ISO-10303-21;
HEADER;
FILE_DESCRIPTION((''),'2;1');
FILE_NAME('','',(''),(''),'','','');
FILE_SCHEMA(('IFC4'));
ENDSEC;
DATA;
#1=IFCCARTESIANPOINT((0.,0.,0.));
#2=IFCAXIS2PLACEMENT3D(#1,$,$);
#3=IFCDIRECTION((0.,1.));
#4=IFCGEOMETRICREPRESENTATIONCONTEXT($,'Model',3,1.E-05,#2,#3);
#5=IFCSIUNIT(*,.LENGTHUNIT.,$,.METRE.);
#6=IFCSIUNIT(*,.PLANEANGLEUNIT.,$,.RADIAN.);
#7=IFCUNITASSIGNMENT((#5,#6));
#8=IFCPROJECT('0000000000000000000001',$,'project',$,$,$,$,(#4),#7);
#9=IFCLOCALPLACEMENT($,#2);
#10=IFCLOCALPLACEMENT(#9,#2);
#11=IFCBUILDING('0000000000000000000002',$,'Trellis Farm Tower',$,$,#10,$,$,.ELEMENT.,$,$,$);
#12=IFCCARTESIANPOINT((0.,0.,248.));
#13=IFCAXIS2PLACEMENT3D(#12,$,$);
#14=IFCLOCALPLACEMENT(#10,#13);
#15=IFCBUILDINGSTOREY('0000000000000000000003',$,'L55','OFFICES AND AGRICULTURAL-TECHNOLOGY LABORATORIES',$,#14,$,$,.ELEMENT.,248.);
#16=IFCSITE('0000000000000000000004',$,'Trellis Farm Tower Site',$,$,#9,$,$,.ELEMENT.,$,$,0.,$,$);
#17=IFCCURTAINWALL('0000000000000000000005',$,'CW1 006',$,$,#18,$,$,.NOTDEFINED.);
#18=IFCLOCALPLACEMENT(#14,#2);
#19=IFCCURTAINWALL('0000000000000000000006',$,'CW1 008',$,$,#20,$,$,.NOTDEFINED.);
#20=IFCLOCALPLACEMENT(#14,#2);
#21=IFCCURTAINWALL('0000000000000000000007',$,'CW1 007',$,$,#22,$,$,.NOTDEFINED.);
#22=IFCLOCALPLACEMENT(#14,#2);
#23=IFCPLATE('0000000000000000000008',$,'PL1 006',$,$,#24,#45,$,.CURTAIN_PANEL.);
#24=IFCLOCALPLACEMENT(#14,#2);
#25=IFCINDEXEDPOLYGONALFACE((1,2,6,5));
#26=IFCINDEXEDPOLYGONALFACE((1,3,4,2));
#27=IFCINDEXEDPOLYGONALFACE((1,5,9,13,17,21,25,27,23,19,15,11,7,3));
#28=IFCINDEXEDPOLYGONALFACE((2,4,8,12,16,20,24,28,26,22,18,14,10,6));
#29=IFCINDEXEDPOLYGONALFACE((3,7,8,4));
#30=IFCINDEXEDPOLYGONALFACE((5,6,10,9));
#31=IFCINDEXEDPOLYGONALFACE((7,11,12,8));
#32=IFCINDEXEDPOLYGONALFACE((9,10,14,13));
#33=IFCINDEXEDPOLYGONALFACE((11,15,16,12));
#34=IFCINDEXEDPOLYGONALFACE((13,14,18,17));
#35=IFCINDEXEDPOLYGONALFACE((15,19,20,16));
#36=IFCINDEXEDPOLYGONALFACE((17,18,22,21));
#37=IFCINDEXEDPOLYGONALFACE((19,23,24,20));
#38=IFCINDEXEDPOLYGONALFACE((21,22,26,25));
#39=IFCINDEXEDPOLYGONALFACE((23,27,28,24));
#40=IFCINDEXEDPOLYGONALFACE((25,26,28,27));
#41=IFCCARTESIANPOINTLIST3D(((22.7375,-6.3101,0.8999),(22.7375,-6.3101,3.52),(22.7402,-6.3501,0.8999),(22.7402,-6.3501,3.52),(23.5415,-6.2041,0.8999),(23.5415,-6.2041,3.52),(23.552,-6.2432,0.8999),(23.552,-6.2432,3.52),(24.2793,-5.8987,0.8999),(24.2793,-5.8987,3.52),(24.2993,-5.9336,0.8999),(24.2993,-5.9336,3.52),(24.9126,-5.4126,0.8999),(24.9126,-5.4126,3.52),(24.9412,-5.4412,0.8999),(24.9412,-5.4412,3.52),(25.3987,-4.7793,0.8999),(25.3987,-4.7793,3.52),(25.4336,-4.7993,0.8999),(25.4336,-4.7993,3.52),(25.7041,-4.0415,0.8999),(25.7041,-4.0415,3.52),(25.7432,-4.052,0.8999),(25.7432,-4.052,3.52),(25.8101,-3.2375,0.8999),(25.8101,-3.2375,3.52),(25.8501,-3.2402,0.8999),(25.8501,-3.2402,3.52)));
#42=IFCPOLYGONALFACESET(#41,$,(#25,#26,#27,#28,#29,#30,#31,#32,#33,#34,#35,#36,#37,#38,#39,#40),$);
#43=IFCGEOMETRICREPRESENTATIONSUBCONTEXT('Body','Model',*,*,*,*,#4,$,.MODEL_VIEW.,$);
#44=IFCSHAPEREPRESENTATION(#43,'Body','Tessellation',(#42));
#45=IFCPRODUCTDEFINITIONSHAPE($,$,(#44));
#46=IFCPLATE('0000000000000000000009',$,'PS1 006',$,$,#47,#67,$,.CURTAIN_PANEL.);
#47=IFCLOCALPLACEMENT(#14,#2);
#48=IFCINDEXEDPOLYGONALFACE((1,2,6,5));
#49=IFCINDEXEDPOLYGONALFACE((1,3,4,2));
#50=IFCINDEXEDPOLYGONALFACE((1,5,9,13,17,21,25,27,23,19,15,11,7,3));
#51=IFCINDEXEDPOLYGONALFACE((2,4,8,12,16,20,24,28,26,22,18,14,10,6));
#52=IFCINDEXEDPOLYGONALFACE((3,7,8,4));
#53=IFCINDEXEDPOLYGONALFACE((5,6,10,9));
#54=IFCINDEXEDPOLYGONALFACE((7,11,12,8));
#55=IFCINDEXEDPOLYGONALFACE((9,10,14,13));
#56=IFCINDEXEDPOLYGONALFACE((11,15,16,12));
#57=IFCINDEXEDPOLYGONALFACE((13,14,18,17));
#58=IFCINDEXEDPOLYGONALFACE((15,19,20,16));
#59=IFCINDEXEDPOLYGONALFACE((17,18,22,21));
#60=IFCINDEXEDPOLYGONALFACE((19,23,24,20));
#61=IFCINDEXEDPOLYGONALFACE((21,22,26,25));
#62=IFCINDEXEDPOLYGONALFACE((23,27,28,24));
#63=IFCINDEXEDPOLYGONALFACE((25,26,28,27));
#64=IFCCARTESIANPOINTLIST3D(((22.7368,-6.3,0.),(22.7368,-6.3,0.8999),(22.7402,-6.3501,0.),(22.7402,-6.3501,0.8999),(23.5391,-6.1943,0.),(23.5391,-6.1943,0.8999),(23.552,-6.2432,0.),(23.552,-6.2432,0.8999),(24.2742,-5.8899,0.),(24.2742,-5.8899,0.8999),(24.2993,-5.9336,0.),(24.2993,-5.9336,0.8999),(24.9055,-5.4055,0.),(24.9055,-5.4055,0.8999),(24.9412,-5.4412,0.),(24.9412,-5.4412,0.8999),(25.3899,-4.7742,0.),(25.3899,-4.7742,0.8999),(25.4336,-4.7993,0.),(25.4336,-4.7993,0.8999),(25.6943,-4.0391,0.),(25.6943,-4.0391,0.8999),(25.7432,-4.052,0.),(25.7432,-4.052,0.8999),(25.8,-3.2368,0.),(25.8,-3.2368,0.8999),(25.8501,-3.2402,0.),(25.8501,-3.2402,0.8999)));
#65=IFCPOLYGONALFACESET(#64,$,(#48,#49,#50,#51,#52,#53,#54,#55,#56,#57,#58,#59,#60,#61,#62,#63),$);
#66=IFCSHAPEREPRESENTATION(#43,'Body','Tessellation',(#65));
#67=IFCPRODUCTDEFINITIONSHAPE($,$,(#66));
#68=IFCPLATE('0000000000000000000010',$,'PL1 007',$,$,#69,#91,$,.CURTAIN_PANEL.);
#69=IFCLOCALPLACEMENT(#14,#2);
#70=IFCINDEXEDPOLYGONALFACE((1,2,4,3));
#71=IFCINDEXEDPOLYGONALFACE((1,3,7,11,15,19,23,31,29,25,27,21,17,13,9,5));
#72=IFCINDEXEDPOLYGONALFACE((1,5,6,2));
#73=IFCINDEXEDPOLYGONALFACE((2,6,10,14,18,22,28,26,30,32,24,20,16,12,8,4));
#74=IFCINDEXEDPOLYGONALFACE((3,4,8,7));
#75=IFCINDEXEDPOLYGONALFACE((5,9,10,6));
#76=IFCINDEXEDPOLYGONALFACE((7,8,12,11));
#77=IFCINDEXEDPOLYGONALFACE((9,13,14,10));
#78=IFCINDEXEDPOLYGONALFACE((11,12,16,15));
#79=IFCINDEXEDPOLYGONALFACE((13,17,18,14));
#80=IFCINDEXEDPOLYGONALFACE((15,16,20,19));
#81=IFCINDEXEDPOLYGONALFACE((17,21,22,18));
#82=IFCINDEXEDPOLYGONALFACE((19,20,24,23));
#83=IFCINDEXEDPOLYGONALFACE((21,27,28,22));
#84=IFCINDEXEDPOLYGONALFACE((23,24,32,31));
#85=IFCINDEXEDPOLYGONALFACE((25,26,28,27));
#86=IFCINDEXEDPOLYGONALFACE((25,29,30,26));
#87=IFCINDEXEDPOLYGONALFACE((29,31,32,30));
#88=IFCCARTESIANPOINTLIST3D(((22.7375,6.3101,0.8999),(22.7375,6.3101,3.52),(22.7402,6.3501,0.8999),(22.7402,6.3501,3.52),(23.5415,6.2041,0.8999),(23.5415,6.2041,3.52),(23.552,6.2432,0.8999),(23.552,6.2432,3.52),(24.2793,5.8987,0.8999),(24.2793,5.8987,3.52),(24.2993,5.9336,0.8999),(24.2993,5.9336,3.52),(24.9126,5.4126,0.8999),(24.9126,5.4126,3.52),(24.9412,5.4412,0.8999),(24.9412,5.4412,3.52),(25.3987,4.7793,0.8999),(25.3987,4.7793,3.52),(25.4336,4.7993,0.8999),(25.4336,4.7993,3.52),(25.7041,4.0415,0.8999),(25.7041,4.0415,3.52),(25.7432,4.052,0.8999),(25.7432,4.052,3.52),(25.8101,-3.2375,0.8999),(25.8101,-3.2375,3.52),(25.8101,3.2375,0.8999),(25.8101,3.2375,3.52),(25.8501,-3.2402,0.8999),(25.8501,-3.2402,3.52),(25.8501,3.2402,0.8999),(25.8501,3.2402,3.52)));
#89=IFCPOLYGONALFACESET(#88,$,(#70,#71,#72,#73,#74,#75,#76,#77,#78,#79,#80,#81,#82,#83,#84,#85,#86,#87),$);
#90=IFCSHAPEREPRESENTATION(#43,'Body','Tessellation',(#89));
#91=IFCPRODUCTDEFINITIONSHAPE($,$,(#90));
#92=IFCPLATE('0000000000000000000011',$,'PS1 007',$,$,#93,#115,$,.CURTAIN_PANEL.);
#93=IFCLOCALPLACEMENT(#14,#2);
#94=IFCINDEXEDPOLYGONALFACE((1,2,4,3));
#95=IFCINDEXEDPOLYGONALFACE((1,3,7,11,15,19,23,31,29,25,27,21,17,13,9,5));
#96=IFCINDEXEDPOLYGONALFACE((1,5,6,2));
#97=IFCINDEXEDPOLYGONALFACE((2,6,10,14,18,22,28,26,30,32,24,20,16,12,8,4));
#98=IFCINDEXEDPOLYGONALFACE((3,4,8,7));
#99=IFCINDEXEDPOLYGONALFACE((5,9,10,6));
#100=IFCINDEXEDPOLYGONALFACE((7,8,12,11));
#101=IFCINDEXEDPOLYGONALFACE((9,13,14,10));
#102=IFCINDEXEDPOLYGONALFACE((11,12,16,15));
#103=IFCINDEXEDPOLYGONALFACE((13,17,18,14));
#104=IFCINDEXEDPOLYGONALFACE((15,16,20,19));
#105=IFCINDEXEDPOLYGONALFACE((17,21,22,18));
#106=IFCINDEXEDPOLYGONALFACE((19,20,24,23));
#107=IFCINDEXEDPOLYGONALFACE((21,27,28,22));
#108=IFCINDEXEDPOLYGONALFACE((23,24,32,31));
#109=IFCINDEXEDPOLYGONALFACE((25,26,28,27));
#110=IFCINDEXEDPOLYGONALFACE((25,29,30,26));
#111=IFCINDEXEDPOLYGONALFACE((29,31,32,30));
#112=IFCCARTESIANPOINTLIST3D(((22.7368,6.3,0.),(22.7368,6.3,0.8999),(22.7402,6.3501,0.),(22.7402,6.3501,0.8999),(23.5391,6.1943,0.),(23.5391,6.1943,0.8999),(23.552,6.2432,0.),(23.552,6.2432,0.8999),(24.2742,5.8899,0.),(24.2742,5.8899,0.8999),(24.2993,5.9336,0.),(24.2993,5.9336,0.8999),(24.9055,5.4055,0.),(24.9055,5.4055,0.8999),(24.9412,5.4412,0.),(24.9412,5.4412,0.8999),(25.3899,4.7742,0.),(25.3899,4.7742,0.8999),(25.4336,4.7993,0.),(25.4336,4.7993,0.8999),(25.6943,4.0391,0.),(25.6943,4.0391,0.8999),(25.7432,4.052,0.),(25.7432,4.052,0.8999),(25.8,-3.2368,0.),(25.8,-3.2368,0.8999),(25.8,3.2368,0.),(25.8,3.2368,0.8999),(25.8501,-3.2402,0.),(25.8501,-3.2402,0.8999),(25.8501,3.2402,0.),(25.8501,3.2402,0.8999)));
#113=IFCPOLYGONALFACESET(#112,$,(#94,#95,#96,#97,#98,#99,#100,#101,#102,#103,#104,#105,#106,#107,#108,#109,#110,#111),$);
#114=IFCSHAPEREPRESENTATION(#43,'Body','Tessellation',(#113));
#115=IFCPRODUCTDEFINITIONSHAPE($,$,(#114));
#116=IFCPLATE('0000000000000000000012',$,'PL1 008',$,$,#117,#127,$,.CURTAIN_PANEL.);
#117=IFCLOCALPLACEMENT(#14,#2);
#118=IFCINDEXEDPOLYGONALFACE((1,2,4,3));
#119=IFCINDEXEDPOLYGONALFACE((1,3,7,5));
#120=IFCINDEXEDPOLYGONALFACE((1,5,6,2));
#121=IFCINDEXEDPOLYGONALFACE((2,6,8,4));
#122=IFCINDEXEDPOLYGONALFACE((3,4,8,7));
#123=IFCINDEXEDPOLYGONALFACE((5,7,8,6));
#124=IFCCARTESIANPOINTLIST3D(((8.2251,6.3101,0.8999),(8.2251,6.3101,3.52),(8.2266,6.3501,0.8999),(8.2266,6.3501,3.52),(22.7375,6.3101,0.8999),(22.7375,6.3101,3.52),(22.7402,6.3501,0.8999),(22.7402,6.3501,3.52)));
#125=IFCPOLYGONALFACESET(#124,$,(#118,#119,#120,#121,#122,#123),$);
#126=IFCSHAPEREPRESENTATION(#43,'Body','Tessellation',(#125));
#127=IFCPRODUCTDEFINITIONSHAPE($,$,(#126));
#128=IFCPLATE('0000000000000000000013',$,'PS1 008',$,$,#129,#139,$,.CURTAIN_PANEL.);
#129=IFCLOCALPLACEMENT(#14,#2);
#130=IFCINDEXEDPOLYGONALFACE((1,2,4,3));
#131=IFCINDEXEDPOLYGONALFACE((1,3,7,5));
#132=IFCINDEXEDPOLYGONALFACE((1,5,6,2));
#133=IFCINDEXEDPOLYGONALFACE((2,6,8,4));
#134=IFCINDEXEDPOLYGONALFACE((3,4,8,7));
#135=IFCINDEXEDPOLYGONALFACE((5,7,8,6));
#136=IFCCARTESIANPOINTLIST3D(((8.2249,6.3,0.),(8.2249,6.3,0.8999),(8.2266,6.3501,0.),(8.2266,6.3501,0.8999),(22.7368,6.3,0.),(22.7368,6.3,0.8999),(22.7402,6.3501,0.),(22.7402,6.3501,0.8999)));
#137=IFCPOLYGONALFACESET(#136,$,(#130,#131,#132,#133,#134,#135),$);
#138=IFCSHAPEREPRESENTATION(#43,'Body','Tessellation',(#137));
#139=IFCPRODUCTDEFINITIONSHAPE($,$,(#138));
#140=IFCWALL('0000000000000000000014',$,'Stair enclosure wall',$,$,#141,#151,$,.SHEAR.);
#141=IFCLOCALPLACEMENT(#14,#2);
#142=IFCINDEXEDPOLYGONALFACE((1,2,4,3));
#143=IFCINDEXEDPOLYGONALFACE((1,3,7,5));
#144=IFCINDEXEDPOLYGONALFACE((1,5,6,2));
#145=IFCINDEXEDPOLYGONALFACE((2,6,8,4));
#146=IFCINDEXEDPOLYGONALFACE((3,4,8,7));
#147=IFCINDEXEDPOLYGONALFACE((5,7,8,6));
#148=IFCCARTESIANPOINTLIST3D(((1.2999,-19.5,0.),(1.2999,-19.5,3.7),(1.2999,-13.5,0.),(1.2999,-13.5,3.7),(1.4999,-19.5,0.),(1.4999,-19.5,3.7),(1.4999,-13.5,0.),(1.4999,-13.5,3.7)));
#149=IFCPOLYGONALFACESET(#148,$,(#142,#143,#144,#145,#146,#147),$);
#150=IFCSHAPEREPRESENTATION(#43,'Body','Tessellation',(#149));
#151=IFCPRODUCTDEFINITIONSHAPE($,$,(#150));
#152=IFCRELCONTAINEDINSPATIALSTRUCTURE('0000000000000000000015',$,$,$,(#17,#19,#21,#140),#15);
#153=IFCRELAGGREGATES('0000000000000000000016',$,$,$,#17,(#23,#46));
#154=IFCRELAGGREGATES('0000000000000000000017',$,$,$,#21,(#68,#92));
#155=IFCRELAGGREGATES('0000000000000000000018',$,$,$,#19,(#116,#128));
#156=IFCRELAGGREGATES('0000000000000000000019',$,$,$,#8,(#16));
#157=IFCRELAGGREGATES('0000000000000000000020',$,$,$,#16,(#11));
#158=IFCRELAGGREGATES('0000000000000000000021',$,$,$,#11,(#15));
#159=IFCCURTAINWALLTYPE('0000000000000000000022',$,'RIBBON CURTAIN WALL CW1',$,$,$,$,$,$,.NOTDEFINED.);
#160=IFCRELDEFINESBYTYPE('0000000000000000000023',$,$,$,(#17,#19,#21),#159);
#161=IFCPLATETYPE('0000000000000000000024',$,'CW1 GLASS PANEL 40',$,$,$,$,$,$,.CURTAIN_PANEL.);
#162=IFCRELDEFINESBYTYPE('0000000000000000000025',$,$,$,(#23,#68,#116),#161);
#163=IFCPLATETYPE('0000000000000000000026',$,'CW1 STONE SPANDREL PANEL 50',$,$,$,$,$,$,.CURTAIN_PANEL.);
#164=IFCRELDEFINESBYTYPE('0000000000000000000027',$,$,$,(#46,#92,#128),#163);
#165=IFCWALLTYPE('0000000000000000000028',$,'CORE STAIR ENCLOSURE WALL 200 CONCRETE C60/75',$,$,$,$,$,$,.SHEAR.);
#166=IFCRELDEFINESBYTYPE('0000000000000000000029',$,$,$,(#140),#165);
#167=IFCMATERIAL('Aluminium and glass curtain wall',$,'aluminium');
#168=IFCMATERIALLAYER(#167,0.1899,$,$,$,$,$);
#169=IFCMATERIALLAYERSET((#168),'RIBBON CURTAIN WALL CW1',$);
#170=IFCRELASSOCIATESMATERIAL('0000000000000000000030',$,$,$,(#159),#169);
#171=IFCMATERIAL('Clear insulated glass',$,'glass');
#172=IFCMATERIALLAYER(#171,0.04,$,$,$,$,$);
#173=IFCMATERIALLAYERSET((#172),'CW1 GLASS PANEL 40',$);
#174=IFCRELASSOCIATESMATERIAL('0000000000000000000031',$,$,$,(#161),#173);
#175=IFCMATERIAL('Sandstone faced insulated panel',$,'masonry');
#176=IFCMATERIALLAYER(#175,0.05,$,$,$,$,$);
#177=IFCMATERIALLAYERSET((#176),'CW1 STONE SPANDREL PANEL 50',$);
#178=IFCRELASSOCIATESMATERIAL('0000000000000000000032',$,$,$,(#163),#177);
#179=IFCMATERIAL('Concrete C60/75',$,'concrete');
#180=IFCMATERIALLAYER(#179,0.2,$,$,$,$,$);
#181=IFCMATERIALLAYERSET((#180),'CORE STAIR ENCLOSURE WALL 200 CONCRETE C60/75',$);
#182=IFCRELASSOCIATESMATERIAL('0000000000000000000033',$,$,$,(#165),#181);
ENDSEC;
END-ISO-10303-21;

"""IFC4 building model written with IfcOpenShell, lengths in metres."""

from ifc_helpers import new_model, si_unit, direction, frame, frame_2d, origin, place, context, subcontext, project, spatial, polyline, rectangle, outline, extrude, source, transform, mapped, material, layer, layer_set, type_object, element, aggregate, save


model = new_model("IFC4")

# Units and contexts
model_context = context("Model", 3, precision=1e-05, world=origin(), true_north=direction((0.0, 1.0)))
body_context = subcontext(model_context, "Body", "Model", "MODEL_VIEW")
ifc_project = project(units=[si_unit("LENGTHUNIT", "METRE"), si_unit("PLANEANGLEUNIT", "RADIAN")], contexts=[model_context])

# Site, building, storey
site_placement = place(None, origin())
site = spatial("IfcSite", under=ifc_project, at=site_placement, Name="Trellis Farm Tower Site", CompositionType="ELEMENT", RefElevation=0.0)
building_placement = place(site_placement, origin())
building = spatial("IfcBuilding", under=site, at=building_placement, Name="Trellis Farm Tower", CompositionType="ELEMENT")
storey_placement = place(building_placement, frame((0.0, 0.0, 248.0)))
storey = spatial("IfcBuildingStorey", under=building, at=storey_placement, Name="L55", Description="OFFICES AND AGRICULTURAL-TECHNOLOGY LABORATORIES", CompositionType="ELEMENT", Elevation=248.0)

# Curtain walls
ifc_material_1 = material(Name="Aluminium and glass curtain wall", Category="aluminium")
placement_1 = place(storey_placement, origin())
ifc_layer_1 = layer(ifc_material_1, 0.1899)
ifc_layer_set_1 = layer_set([ifc_layer_1], Name="RIBBON CURTAIN WALL CW1")
curtain_wall_type_1 = type_object("IfcCurtainWallType", Name="RIBBON CURTAIN WALL CW1", PredefinedType="NOTDEFINED", material=ifc_layer_set_1)
curtain_wall_1 = element("IfcCurtainWall", 1, at=placement_1, inside=storey, type_object=curtain_wall_type_1, Name="CW1 006", PredefinedType="NOTDEFINED")
curtain_wall_2 = element("IfcCurtainWall", 2, at=placement_1, inside=storey, type_object=curtain_wall_type_1, Name="CW1 008", PredefinedType="NOTDEFINED")
curtain_wall_3 = element("IfcCurtainWall", 3, at=placement_1, inside=storey, type_object=curtain_wall_type_1, Name="CW1 007", PredefinedType="NOTDEFINED")

# Shared definitions
ifc_material_2 = material(Name="Clear insulated glass", Category="glass")
ifc_layer_2 = layer(ifc_material_2, 0.04)
ifc_layer_set_2 = layer_set([ifc_layer_2], Name="CW1 GLASS PANEL 40")
plate_type_1 = type_object("IfcPlateType", Name="CW1 GLASS PANEL 40", PredefinedType="CURTAIN_PANEL", material=ifc_layer_set_2)
placement_2 = place(storey_placement, frame((0.0, 0.0, 0.8999)))
ifc_material_3 = material(Name="Sandstone faced insulated panel", Category="masonry")
ifc_layer_3 = layer(ifc_material_3, 0.05)
ifc_layer_set_3 = layer_set([ifc_layer_3], Name="CW1 STONE SPANDREL PANEL 50")
plate_type_2 = type_object("IfcPlateType", Name="CW1 STONE SPANDREL PANEL 50", PredefinedType="CURTAIN_PANEL", material=ifc_layer_set_3)

# Plates
shared_shape_1 = source(origin(), body_context, "Body", "SweptSolid", [
    extrude(outline(polyline([(22.7402, -6.3501), (23.552, -6.2432), (24.2993, -5.9336), (24.9412, -5.4412), (25.4336, -4.7993), (25.7432, -4.052), (25.8501, -3.2402), (25.8101, -3.2375), (25.7041, -4.0415), (25.3987, -4.7793), (24.9126, -5.4126), (24.2793, -5.8987), (23.5415, -6.2041), (22.7375, -6.3101), (22.7402, -6.3501)])), origin(), (0.0, 0.0, 1.0), 2.6201),
])
plate_1 = element("IfcPlate", 4, at=placement_2, type_object=plate_type_1, Name="PL1 006", PredefinedType="CURTAIN_PANEL", context=body_context, shape_type="MappedRepresentation", body=[
    mapped(shared_shape_1, transform((0.0, 0.0, 0.0))),
])
shared_shape_2 = source(origin(), body_context, "Body", "SweptSolid", [
    extrude(outline(polyline([(22.7402, -6.3501), (23.552, -6.2432), (24.2993, -5.9336), (24.9412, -5.4412), (25.4336, -4.7993), (25.7432, -4.052), (25.8501, -3.2402), (25.8, -3.2368), (25.6943, -4.0391), (25.3899, -4.7742), (24.9055, -5.4055), (24.2742, -5.8899), (23.5391, -6.1943), (22.7368, -6.3), (22.7402, -6.3501)])), origin(), (0.0, 0.0, 1.0), 0.8999),
])
plate_2 = element("IfcPlate", 5, at=placement_1, type_object=plate_type_2, Name="PS1 006", PredefinedType="CURTAIN_PANEL", context=body_context, shape_type="MappedRepresentation", body=[
    mapped(shared_shape_2, transform((0.0, 0.0, 0.0))),
])
aggregate(curtain_wall_1, [plate_1, plate_2])
shared_shape_3 = source(origin(), body_context, "Body", "SweptSolid", [
    extrude(outline(polyline([(25.8501, -3.2402), (25.8501, 3.2402), (25.7432, 4.052), (25.4336, 4.7993), (24.9412, 5.4412), (24.2993, 5.9336), (23.552, 6.2432), (22.7402, 6.3501), (22.7375, 6.3101), (23.5415, 6.2041), (24.2793, 5.8987), (24.9126, 5.4126), (25.3987, 4.7793), (25.7041, 4.0415), (25.8101, 3.2375), (25.8101, -3.2375), (25.8501, -3.2402)])), origin(), (0.0, 0.0, 1.0), 2.6201),
])
plate_3 = element("IfcPlate", 6, at=placement_2, type_object=plate_type_1, Name="PL1 007", PredefinedType="CURTAIN_PANEL", context=body_context, shape_type="MappedRepresentation", body=[
    mapped(shared_shape_3, transform((0.0, 0.0, 0.0))),
])
shared_shape_4 = source(origin(), body_context, "Body", "SweptSolid", [
    extrude(outline(polyline([(25.8501, -3.2402), (25.8501, 3.2402), (25.7432, 4.052), (25.4336, 4.7993), (24.9412, 5.4412), (24.2993, 5.9336), (23.552, 6.2432), (22.7402, 6.3501), (22.7368, 6.3), (23.5391, 6.1943), (24.2742, 5.8899), (24.9055, 5.4055), (25.3899, 4.7742), (25.6943, 4.0391), (25.8, 3.2368), (25.8, -3.2368), (25.8501, -3.2402)])), origin(), (0.0, 0.0, 1.0), 0.8999),
])
plate_4 = element("IfcPlate", 7, at=placement_1, type_object=plate_type_2, Name="PS1 007", PredefinedType="CURTAIN_PANEL", context=body_context, shape_type="MappedRepresentation", body=[
    mapped(shared_shape_4, transform((0.0, 0.0, 0.0))),
])
aggregate(curtain_wall_3, [plate_3, plate_4])
shared_shape_5 = source(origin(), body_context, "Body", "SweptSolid", [
    extrude(outline(polyline([(22.7402, 6.3501), (8.2266, 6.3501), (8.2251, 6.3101), (22.7375, 6.3101), (22.7402, 6.3501)])), origin(), (0.0, 0.0, 1.0), 2.6201),
])
plate_5 = element("IfcPlate", 8, at=placement_2, type_object=plate_type_1, Name="PL1 008", PredefinedType="CURTAIN_PANEL", context=body_context, shape_type="MappedRepresentation", body=[
    mapped(shared_shape_5, transform((0.0, 0.0, 0.0))),
])
shared_shape_6 = source(origin(), body_context, "Body", "SweptSolid", [
    extrude(outline(polyline([(22.7402, 6.3501), (8.2266, 6.3501), (8.2249, 6.3), (22.7368, 6.3), (22.7402, 6.3501)])), origin(), (0.0, 0.0, 1.0), 0.8999),
])
plate_6 = element("IfcPlate", 9, at=placement_1, type_object=plate_type_2, Name="PS1 008", PredefinedType="CURTAIN_PANEL", context=body_context, shape_type="MappedRepresentation", body=[
    mapped(shared_shape_6, transform((0.0, 0.0, 0.0))),
])
aggregate(curtain_wall_2, [plate_5, plate_6])

# Wall
ifc_material_4 = material(Name="Concrete C60/75", Category="concrete")
ifc_layer_4 = layer(ifc_material_4, 0.2)
ifc_layer_set_4 = layer_set([ifc_layer_4], Name="CORE STAIR ENCLOSURE WALL 200 CONCRETE C60/75")
wall_type_1 = type_object("IfcWallType", Name="CORE STAIR ENCLOSURE WALL 200 CONCRETE C60/75", PredefinedType="SHEAR", material=ifc_layer_set_4)
shared_shape_7 = source(origin(), body_context, "Body", "SweptSolid", [
    extrude(rectangle(XDim=6.0, YDim=0.2, at=frame_2d((3.0, 0.0))), origin(), (0.0, 0.0, 1.0), 3.7),
])
wall_1_placement = place(storey_placement, frame((1.3999, -13.5, 0.0), z_axis=(0.0, 0.0, 1.0), x_axis=(0.0, -1.0, 0.0)))
element("IfcWall", 10, at=wall_1_placement, inside=storey, type_object=wall_type_1, Name="Stair enclosure wall", PredefinedType="SHEAR", context=body_context, shape_type="MappedRepresentation", body=[
    mapped(shared_shape_7, transform((0.0, 0.0, 0.0))),
])

save(model, "model.ifc")
